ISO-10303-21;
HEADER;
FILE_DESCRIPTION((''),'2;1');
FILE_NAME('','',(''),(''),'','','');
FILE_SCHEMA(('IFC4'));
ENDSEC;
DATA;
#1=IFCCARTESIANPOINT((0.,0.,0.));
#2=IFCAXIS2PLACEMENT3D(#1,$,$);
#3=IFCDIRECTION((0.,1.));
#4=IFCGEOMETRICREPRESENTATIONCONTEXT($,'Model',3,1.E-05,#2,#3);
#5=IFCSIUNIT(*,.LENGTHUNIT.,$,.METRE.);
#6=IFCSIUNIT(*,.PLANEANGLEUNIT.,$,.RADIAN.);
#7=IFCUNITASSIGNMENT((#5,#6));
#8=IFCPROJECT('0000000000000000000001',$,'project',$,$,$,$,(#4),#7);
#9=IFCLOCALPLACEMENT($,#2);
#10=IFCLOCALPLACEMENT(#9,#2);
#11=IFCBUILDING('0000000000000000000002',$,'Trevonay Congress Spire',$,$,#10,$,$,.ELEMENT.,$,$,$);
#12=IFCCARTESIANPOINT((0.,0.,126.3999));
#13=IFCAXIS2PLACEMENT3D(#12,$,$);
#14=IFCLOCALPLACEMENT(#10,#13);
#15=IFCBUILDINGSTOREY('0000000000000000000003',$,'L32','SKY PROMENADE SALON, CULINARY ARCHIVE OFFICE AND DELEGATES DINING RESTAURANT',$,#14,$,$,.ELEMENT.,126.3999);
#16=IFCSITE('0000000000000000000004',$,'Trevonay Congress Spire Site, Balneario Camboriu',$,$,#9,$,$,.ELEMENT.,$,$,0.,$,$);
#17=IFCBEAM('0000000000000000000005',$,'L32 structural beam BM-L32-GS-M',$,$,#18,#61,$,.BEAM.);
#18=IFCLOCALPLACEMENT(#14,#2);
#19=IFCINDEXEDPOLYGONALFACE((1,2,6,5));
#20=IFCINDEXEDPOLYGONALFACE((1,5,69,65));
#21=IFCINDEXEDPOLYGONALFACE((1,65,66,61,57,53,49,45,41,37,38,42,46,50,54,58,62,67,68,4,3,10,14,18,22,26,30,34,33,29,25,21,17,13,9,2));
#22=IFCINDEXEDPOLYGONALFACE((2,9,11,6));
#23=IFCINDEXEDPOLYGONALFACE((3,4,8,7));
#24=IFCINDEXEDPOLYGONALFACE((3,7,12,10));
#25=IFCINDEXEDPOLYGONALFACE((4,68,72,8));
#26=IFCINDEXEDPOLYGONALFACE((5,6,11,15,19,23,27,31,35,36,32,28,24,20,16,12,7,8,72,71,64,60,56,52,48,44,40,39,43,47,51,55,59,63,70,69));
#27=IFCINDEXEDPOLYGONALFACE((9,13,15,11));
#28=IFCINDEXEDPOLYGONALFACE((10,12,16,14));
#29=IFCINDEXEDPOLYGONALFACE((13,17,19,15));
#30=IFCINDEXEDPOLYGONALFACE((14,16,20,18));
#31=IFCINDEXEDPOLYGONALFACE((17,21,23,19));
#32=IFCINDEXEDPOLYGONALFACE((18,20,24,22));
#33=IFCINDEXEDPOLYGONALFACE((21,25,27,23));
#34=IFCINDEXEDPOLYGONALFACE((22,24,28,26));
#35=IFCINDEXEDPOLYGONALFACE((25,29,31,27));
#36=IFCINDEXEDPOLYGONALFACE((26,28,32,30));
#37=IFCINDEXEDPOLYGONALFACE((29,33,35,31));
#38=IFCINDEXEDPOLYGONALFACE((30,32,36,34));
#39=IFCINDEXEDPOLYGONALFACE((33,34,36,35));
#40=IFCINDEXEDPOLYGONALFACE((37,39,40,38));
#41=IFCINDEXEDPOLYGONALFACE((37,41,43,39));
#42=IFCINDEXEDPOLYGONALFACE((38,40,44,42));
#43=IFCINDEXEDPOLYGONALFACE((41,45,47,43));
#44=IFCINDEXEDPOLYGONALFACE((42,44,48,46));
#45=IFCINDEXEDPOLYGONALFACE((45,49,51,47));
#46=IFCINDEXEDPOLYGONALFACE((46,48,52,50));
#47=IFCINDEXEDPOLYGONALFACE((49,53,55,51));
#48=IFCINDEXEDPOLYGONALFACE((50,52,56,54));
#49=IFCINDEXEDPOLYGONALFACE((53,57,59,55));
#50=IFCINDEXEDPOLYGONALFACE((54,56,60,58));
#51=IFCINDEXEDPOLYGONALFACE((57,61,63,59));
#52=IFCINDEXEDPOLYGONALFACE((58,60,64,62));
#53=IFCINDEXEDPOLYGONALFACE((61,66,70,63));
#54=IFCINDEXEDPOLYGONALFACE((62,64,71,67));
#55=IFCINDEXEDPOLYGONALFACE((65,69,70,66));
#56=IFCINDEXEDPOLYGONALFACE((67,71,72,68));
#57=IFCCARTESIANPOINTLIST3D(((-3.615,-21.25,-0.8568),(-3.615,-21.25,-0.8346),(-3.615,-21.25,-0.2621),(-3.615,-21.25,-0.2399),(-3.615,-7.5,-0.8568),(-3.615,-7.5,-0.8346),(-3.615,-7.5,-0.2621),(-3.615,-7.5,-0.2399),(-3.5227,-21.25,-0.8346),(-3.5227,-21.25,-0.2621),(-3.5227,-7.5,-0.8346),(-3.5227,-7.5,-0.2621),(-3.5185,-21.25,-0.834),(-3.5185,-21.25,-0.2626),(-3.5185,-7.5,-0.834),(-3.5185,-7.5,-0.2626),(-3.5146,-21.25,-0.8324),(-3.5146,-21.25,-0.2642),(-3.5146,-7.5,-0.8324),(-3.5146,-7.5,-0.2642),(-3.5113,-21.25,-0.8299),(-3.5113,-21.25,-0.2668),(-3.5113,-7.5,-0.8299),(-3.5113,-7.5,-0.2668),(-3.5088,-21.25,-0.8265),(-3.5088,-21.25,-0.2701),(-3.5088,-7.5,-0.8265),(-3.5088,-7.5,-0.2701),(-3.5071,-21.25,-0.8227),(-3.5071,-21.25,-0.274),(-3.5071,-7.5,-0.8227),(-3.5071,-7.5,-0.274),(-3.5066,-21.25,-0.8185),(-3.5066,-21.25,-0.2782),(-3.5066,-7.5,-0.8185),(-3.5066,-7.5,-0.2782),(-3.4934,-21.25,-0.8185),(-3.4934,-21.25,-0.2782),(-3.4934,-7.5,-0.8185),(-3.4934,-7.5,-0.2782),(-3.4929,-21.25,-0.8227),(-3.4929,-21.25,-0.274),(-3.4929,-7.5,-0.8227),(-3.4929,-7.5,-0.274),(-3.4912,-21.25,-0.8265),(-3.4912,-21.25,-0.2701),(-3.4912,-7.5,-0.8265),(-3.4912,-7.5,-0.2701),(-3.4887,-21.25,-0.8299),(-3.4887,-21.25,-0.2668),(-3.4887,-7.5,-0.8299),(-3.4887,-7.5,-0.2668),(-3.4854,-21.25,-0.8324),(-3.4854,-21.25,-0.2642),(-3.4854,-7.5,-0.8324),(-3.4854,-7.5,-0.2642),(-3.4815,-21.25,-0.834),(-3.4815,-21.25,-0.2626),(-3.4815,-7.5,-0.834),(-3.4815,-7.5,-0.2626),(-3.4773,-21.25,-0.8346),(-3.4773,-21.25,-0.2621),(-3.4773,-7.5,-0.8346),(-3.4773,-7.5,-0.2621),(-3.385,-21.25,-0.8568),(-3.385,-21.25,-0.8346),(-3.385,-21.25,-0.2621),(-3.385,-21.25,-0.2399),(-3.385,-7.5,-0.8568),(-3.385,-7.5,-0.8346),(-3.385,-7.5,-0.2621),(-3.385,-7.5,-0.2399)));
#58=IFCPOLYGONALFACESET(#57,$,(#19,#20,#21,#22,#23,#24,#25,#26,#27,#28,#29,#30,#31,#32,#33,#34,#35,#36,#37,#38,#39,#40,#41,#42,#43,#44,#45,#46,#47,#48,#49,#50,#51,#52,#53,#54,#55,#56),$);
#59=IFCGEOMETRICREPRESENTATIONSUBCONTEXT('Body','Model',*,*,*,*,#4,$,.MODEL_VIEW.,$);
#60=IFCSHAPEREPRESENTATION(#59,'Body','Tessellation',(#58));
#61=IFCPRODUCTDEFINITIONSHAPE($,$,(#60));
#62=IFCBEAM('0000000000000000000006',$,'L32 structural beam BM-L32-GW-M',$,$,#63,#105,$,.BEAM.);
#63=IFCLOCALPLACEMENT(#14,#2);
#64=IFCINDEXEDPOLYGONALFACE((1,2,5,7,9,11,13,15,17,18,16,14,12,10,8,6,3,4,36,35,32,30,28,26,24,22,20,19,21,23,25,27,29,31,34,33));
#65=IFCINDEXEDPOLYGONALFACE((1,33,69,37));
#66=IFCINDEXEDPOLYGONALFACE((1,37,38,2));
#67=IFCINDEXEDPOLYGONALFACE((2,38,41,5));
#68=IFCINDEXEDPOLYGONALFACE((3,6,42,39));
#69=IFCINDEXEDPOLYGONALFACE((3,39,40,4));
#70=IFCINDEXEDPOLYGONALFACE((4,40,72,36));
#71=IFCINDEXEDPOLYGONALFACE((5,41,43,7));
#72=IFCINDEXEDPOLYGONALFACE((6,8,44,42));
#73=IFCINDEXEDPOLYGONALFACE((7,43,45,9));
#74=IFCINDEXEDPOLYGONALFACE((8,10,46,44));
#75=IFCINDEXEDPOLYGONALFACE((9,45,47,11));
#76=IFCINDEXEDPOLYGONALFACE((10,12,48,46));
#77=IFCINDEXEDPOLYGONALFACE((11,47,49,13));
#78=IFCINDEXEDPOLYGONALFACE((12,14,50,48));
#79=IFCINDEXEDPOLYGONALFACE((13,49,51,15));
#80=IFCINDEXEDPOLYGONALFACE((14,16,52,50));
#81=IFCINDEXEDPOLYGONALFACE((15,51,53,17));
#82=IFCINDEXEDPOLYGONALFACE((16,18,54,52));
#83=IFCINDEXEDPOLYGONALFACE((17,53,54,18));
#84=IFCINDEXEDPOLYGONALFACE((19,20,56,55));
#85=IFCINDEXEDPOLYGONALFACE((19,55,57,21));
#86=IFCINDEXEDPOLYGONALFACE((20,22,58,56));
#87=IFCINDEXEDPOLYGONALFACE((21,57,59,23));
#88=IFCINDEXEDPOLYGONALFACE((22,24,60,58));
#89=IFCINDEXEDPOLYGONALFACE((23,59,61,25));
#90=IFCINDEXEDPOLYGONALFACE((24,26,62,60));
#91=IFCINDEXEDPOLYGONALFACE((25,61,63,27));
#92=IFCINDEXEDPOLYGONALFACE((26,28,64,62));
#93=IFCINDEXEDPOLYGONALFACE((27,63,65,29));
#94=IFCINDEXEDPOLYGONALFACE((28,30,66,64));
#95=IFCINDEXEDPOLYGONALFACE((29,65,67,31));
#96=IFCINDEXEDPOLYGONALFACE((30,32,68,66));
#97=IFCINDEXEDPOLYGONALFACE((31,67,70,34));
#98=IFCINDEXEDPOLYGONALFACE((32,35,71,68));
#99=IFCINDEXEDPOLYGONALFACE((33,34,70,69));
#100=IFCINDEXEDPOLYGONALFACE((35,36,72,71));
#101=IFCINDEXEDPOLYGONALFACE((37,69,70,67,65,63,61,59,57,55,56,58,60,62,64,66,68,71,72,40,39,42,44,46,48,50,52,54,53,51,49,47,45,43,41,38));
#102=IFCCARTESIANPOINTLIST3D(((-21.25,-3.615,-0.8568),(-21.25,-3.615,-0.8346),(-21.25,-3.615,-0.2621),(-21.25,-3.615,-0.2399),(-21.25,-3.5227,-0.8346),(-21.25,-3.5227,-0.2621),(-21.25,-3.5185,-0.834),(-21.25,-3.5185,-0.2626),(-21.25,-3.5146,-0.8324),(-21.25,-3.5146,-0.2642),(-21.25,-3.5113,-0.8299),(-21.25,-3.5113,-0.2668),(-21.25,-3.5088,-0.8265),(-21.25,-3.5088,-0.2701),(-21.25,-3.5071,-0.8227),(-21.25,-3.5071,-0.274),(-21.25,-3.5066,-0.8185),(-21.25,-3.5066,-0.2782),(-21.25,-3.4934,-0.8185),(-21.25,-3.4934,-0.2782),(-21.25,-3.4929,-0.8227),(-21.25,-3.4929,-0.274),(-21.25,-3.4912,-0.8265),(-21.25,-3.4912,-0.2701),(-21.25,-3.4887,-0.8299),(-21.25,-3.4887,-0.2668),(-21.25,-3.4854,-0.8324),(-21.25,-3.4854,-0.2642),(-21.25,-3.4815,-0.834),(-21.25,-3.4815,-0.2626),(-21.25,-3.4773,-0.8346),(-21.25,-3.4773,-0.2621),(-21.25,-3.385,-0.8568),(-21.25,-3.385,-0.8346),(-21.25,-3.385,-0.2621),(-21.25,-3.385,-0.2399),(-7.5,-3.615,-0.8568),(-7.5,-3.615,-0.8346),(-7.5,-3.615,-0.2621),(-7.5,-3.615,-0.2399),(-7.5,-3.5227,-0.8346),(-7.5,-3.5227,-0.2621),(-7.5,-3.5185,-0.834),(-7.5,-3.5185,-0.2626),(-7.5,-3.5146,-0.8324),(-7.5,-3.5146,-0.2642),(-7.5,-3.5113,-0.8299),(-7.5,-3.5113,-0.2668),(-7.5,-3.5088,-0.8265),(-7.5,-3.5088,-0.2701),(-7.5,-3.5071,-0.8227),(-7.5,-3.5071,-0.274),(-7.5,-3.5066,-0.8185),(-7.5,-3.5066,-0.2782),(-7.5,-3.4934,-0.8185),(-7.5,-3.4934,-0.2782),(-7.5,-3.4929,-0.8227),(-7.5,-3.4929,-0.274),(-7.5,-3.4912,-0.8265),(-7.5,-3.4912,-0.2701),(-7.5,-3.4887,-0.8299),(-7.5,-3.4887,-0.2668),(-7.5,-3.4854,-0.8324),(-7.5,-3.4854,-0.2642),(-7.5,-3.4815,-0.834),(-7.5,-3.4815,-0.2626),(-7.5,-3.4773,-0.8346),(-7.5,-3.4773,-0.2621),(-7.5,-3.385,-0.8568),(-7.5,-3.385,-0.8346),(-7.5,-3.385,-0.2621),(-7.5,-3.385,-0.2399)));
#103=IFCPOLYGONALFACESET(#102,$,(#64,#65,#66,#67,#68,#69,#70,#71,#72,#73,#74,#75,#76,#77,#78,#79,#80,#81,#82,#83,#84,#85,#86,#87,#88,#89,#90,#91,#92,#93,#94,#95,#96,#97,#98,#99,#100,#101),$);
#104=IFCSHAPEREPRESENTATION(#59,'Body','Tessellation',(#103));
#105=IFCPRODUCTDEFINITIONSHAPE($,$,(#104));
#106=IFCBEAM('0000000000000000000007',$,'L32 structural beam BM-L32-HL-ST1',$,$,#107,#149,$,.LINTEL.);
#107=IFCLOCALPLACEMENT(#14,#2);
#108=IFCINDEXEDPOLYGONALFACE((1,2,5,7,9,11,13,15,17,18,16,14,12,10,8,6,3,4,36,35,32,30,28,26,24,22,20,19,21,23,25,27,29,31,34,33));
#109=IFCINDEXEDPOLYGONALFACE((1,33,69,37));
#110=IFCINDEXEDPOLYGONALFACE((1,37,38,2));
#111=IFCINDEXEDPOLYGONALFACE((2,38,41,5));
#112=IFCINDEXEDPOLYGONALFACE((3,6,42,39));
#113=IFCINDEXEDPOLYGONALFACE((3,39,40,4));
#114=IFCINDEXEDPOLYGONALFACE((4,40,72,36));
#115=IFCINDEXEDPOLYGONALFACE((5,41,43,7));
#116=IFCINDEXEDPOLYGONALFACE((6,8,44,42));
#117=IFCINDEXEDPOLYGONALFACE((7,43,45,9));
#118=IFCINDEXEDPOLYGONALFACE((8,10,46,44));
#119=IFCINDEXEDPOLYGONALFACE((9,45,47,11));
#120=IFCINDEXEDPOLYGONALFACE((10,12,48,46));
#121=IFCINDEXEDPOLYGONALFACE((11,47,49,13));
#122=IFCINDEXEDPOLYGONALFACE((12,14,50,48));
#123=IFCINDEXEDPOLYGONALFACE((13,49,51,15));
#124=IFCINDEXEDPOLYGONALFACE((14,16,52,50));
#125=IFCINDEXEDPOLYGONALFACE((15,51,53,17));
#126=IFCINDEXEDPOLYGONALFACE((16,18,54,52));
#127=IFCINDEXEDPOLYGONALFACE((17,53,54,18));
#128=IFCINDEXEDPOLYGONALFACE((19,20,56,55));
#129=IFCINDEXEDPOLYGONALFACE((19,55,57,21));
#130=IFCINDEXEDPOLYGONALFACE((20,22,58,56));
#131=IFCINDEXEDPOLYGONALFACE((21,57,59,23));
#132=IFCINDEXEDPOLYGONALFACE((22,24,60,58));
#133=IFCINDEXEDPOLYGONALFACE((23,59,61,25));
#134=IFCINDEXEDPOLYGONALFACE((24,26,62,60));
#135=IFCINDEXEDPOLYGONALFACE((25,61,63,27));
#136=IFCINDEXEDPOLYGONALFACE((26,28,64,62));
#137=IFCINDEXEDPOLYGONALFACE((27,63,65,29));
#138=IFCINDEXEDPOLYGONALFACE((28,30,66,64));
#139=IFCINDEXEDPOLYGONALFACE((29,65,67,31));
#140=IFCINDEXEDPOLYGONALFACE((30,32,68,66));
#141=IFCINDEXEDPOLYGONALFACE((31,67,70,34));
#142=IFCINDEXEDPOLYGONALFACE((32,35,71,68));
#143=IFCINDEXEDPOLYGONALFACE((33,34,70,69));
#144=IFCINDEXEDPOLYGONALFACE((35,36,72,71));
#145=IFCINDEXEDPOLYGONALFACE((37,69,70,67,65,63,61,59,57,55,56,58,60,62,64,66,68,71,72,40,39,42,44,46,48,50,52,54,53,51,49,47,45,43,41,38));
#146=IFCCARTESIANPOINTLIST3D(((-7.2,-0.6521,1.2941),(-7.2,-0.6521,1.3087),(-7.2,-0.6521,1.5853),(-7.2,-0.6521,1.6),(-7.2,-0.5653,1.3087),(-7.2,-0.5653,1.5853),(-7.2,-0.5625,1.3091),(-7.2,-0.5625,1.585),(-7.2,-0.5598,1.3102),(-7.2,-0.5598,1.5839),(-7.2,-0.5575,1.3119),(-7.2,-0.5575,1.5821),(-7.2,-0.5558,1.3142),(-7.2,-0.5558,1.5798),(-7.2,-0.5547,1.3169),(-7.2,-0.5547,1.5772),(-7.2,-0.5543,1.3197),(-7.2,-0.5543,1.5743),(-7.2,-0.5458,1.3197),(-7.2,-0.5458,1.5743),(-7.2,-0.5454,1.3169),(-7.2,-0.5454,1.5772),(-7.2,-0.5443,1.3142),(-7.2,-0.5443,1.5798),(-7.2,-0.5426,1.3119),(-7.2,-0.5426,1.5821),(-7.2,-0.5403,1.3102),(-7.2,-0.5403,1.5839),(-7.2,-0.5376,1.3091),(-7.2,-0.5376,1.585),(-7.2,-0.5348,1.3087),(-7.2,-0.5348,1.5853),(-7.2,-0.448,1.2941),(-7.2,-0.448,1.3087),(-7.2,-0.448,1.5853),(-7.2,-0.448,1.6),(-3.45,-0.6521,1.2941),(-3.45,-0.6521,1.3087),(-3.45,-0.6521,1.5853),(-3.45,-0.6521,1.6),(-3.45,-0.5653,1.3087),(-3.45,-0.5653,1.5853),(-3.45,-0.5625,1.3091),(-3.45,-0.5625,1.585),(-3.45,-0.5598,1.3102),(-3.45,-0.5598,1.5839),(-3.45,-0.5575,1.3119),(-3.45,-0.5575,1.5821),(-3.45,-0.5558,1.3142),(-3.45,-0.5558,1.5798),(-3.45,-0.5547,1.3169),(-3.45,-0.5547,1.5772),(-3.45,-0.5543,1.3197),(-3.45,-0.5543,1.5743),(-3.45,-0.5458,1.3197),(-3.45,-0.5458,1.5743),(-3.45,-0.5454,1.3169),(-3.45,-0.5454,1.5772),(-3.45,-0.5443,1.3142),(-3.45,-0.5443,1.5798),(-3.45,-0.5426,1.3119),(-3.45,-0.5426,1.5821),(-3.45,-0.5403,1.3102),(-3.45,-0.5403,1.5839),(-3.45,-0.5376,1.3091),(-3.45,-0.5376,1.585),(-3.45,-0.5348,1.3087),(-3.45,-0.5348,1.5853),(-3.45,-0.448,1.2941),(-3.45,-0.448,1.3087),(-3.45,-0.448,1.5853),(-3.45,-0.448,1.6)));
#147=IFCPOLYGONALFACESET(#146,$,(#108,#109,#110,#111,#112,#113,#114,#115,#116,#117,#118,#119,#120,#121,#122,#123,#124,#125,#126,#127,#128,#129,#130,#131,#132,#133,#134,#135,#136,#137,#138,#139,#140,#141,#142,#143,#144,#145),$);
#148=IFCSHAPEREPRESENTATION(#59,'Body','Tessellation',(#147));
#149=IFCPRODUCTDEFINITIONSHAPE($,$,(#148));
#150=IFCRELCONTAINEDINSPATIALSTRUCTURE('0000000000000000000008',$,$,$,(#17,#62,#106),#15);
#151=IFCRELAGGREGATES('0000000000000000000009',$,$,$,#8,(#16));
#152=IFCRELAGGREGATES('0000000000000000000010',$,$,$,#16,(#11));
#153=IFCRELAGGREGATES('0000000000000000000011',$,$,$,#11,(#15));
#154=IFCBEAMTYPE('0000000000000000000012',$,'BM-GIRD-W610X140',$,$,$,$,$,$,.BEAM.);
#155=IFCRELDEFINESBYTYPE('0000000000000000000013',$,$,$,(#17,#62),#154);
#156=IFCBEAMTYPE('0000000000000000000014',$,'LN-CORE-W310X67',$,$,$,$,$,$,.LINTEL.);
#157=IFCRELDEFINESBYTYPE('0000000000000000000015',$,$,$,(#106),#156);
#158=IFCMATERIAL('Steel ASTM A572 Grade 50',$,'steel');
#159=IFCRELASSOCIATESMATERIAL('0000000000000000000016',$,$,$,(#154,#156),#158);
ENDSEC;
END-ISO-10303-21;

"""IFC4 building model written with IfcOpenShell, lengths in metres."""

from ifc_helpers import new_model, si_unit, direction, frame, origin, origin_2d, place, context, subcontext, project, spatial, i_section, extrude, material, material_profile, profile_set, type_object, element, save


model = new_model("IFC4")

# Units and contexts
model_context = context("Model", 3, precision=1e-05, world=origin(), true_north=direction((0.0, 1.0)))
body_context = subcontext(model_context, "Body", "Model", "MODEL_VIEW")
ifc_project = project(units=[si_unit("LENGTHUNIT", "METRE"), si_unit("PLANEANGLEUNIT", "RADIAN")], contexts=[model_context])

# Site, building, storey
site_placement = place(None, origin())
site = spatial("IfcSite", under=ifc_project, at=site_placement, Name="Trevonay Congress Spire Site, Balneario Camboriu", CompositionType="ELEMENT", RefElevation=0.0)
building_placement = place(site_placement, origin())
building = spatial("IfcBuilding", under=site, at=building_placement, Name="Trevonay Congress Spire", CompositionType="ELEMENT")
storey_placement = place(building_placement, frame((0.0, 0.0, 126.3999)))
storey = spatial("IfcBuildingStorey", under=building, at=storey_placement, Name="L32", Description="SKY PROMENADE SALON, CULINARY ARCHIVE OFFICE AND DELEGATES DINING RESTAURANT", CompositionType="ELEMENT", Elevation=126.3999)

# Shared definitions
ifc_material_1 = material(Name="Steel ASTM A572 Grade 50", Category="steel")

# Beams
ifc_material_profile_1 = material_profile(ifc_material_1, i_section(OverallWidth=0.23, OverallDepth=0.6169, WebThickness=0.0132, FlangeThickness=0.0222, FilletRadius=0.0161, at=origin_2d()), Name="W610x140")
ifc_profile_set_1 = profile_set([ifc_material_profile_1], Name="Steel ASTM A572 Grade 50")
beam_type_1 = type_object("IfcBeamType", Name="BM-GIRD-W610X140", PredefinedType="BEAM", material=ifc_profile_set_1)
for number, where, z_axis, x_axis, name in (
    (1, (-3.5, -7.5, -0.5483), (0.0, -1.0, 0.0), (1.0, 0.0, 0.0), "L32 structural beam BM-L32-GS-M"),
    (2, (-7.5, -3.5, -0.5483), (-1.0, 0.0, 0.0), (0.0, -1.0, 0.0), "L32 structural beam BM-L32-GW-M"),
):
    element("IfcBeam", number, at=place(storey_placement, frame(where, z_axis=z_axis, x_axis=x_axis)), inside=storey, type_object=beam_type_1, Name=name, PredefinedType="BEAM", context=body_context, shape_type="SweptSolid", body=[
        extrude(i_section(OverallWidth=0.23, OverallDepth=0.6169, WebThickness=0.0132, FlangeThickness=0.0222, FilletRadius=0.0161, at=origin_2d()), origin(), (0.0, 0.0, 1.0), 13.75),
    ])
ifc_material_profile_2 = material_profile(ifc_material_1, i_section(OverallWidth=0.2041, OverallDepth=0.3059, WebThickness=0.0085, FlangeThickness=0.0146, FilletRadius=0.011, at=origin_2d()), Name="W310x67")
ifc_profile_set_2 = profile_set([ifc_material_profile_2], Name="Steel ASTM A572 Grade 50")
beam_type_2 = type_object("IfcBeamType", Name="LN-CORE-W310X67", PredefinedType="LINTEL", material=ifc_profile_set_2)
beam_1_placement = place(storey_placement, frame((-7.2, -0.55, 1.447), z_axis=(1.0, 0.0, 0.0), x_axis=(0.0, 1.0, 0.0)))
element("IfcBeam", 3, at=beam_1_placement, inside=storey, type_object=beam_type_2, Name="L32 structural beam BM-L32-HL-ST1", PredefinedType="LINTEL", context=body_context, shape_type="SweptSolid", body=[
    extrude(i_section(OverallWidth=0.2041, OverallDepth=0.3059, WebThickness=0.0085, FlangeThickness=0.0146, FilletRadius=0.011, at=origin_2d()), origin(), (0.0, 0.0, 1.0), 3.75),
])

save(model, "model.ifc")
